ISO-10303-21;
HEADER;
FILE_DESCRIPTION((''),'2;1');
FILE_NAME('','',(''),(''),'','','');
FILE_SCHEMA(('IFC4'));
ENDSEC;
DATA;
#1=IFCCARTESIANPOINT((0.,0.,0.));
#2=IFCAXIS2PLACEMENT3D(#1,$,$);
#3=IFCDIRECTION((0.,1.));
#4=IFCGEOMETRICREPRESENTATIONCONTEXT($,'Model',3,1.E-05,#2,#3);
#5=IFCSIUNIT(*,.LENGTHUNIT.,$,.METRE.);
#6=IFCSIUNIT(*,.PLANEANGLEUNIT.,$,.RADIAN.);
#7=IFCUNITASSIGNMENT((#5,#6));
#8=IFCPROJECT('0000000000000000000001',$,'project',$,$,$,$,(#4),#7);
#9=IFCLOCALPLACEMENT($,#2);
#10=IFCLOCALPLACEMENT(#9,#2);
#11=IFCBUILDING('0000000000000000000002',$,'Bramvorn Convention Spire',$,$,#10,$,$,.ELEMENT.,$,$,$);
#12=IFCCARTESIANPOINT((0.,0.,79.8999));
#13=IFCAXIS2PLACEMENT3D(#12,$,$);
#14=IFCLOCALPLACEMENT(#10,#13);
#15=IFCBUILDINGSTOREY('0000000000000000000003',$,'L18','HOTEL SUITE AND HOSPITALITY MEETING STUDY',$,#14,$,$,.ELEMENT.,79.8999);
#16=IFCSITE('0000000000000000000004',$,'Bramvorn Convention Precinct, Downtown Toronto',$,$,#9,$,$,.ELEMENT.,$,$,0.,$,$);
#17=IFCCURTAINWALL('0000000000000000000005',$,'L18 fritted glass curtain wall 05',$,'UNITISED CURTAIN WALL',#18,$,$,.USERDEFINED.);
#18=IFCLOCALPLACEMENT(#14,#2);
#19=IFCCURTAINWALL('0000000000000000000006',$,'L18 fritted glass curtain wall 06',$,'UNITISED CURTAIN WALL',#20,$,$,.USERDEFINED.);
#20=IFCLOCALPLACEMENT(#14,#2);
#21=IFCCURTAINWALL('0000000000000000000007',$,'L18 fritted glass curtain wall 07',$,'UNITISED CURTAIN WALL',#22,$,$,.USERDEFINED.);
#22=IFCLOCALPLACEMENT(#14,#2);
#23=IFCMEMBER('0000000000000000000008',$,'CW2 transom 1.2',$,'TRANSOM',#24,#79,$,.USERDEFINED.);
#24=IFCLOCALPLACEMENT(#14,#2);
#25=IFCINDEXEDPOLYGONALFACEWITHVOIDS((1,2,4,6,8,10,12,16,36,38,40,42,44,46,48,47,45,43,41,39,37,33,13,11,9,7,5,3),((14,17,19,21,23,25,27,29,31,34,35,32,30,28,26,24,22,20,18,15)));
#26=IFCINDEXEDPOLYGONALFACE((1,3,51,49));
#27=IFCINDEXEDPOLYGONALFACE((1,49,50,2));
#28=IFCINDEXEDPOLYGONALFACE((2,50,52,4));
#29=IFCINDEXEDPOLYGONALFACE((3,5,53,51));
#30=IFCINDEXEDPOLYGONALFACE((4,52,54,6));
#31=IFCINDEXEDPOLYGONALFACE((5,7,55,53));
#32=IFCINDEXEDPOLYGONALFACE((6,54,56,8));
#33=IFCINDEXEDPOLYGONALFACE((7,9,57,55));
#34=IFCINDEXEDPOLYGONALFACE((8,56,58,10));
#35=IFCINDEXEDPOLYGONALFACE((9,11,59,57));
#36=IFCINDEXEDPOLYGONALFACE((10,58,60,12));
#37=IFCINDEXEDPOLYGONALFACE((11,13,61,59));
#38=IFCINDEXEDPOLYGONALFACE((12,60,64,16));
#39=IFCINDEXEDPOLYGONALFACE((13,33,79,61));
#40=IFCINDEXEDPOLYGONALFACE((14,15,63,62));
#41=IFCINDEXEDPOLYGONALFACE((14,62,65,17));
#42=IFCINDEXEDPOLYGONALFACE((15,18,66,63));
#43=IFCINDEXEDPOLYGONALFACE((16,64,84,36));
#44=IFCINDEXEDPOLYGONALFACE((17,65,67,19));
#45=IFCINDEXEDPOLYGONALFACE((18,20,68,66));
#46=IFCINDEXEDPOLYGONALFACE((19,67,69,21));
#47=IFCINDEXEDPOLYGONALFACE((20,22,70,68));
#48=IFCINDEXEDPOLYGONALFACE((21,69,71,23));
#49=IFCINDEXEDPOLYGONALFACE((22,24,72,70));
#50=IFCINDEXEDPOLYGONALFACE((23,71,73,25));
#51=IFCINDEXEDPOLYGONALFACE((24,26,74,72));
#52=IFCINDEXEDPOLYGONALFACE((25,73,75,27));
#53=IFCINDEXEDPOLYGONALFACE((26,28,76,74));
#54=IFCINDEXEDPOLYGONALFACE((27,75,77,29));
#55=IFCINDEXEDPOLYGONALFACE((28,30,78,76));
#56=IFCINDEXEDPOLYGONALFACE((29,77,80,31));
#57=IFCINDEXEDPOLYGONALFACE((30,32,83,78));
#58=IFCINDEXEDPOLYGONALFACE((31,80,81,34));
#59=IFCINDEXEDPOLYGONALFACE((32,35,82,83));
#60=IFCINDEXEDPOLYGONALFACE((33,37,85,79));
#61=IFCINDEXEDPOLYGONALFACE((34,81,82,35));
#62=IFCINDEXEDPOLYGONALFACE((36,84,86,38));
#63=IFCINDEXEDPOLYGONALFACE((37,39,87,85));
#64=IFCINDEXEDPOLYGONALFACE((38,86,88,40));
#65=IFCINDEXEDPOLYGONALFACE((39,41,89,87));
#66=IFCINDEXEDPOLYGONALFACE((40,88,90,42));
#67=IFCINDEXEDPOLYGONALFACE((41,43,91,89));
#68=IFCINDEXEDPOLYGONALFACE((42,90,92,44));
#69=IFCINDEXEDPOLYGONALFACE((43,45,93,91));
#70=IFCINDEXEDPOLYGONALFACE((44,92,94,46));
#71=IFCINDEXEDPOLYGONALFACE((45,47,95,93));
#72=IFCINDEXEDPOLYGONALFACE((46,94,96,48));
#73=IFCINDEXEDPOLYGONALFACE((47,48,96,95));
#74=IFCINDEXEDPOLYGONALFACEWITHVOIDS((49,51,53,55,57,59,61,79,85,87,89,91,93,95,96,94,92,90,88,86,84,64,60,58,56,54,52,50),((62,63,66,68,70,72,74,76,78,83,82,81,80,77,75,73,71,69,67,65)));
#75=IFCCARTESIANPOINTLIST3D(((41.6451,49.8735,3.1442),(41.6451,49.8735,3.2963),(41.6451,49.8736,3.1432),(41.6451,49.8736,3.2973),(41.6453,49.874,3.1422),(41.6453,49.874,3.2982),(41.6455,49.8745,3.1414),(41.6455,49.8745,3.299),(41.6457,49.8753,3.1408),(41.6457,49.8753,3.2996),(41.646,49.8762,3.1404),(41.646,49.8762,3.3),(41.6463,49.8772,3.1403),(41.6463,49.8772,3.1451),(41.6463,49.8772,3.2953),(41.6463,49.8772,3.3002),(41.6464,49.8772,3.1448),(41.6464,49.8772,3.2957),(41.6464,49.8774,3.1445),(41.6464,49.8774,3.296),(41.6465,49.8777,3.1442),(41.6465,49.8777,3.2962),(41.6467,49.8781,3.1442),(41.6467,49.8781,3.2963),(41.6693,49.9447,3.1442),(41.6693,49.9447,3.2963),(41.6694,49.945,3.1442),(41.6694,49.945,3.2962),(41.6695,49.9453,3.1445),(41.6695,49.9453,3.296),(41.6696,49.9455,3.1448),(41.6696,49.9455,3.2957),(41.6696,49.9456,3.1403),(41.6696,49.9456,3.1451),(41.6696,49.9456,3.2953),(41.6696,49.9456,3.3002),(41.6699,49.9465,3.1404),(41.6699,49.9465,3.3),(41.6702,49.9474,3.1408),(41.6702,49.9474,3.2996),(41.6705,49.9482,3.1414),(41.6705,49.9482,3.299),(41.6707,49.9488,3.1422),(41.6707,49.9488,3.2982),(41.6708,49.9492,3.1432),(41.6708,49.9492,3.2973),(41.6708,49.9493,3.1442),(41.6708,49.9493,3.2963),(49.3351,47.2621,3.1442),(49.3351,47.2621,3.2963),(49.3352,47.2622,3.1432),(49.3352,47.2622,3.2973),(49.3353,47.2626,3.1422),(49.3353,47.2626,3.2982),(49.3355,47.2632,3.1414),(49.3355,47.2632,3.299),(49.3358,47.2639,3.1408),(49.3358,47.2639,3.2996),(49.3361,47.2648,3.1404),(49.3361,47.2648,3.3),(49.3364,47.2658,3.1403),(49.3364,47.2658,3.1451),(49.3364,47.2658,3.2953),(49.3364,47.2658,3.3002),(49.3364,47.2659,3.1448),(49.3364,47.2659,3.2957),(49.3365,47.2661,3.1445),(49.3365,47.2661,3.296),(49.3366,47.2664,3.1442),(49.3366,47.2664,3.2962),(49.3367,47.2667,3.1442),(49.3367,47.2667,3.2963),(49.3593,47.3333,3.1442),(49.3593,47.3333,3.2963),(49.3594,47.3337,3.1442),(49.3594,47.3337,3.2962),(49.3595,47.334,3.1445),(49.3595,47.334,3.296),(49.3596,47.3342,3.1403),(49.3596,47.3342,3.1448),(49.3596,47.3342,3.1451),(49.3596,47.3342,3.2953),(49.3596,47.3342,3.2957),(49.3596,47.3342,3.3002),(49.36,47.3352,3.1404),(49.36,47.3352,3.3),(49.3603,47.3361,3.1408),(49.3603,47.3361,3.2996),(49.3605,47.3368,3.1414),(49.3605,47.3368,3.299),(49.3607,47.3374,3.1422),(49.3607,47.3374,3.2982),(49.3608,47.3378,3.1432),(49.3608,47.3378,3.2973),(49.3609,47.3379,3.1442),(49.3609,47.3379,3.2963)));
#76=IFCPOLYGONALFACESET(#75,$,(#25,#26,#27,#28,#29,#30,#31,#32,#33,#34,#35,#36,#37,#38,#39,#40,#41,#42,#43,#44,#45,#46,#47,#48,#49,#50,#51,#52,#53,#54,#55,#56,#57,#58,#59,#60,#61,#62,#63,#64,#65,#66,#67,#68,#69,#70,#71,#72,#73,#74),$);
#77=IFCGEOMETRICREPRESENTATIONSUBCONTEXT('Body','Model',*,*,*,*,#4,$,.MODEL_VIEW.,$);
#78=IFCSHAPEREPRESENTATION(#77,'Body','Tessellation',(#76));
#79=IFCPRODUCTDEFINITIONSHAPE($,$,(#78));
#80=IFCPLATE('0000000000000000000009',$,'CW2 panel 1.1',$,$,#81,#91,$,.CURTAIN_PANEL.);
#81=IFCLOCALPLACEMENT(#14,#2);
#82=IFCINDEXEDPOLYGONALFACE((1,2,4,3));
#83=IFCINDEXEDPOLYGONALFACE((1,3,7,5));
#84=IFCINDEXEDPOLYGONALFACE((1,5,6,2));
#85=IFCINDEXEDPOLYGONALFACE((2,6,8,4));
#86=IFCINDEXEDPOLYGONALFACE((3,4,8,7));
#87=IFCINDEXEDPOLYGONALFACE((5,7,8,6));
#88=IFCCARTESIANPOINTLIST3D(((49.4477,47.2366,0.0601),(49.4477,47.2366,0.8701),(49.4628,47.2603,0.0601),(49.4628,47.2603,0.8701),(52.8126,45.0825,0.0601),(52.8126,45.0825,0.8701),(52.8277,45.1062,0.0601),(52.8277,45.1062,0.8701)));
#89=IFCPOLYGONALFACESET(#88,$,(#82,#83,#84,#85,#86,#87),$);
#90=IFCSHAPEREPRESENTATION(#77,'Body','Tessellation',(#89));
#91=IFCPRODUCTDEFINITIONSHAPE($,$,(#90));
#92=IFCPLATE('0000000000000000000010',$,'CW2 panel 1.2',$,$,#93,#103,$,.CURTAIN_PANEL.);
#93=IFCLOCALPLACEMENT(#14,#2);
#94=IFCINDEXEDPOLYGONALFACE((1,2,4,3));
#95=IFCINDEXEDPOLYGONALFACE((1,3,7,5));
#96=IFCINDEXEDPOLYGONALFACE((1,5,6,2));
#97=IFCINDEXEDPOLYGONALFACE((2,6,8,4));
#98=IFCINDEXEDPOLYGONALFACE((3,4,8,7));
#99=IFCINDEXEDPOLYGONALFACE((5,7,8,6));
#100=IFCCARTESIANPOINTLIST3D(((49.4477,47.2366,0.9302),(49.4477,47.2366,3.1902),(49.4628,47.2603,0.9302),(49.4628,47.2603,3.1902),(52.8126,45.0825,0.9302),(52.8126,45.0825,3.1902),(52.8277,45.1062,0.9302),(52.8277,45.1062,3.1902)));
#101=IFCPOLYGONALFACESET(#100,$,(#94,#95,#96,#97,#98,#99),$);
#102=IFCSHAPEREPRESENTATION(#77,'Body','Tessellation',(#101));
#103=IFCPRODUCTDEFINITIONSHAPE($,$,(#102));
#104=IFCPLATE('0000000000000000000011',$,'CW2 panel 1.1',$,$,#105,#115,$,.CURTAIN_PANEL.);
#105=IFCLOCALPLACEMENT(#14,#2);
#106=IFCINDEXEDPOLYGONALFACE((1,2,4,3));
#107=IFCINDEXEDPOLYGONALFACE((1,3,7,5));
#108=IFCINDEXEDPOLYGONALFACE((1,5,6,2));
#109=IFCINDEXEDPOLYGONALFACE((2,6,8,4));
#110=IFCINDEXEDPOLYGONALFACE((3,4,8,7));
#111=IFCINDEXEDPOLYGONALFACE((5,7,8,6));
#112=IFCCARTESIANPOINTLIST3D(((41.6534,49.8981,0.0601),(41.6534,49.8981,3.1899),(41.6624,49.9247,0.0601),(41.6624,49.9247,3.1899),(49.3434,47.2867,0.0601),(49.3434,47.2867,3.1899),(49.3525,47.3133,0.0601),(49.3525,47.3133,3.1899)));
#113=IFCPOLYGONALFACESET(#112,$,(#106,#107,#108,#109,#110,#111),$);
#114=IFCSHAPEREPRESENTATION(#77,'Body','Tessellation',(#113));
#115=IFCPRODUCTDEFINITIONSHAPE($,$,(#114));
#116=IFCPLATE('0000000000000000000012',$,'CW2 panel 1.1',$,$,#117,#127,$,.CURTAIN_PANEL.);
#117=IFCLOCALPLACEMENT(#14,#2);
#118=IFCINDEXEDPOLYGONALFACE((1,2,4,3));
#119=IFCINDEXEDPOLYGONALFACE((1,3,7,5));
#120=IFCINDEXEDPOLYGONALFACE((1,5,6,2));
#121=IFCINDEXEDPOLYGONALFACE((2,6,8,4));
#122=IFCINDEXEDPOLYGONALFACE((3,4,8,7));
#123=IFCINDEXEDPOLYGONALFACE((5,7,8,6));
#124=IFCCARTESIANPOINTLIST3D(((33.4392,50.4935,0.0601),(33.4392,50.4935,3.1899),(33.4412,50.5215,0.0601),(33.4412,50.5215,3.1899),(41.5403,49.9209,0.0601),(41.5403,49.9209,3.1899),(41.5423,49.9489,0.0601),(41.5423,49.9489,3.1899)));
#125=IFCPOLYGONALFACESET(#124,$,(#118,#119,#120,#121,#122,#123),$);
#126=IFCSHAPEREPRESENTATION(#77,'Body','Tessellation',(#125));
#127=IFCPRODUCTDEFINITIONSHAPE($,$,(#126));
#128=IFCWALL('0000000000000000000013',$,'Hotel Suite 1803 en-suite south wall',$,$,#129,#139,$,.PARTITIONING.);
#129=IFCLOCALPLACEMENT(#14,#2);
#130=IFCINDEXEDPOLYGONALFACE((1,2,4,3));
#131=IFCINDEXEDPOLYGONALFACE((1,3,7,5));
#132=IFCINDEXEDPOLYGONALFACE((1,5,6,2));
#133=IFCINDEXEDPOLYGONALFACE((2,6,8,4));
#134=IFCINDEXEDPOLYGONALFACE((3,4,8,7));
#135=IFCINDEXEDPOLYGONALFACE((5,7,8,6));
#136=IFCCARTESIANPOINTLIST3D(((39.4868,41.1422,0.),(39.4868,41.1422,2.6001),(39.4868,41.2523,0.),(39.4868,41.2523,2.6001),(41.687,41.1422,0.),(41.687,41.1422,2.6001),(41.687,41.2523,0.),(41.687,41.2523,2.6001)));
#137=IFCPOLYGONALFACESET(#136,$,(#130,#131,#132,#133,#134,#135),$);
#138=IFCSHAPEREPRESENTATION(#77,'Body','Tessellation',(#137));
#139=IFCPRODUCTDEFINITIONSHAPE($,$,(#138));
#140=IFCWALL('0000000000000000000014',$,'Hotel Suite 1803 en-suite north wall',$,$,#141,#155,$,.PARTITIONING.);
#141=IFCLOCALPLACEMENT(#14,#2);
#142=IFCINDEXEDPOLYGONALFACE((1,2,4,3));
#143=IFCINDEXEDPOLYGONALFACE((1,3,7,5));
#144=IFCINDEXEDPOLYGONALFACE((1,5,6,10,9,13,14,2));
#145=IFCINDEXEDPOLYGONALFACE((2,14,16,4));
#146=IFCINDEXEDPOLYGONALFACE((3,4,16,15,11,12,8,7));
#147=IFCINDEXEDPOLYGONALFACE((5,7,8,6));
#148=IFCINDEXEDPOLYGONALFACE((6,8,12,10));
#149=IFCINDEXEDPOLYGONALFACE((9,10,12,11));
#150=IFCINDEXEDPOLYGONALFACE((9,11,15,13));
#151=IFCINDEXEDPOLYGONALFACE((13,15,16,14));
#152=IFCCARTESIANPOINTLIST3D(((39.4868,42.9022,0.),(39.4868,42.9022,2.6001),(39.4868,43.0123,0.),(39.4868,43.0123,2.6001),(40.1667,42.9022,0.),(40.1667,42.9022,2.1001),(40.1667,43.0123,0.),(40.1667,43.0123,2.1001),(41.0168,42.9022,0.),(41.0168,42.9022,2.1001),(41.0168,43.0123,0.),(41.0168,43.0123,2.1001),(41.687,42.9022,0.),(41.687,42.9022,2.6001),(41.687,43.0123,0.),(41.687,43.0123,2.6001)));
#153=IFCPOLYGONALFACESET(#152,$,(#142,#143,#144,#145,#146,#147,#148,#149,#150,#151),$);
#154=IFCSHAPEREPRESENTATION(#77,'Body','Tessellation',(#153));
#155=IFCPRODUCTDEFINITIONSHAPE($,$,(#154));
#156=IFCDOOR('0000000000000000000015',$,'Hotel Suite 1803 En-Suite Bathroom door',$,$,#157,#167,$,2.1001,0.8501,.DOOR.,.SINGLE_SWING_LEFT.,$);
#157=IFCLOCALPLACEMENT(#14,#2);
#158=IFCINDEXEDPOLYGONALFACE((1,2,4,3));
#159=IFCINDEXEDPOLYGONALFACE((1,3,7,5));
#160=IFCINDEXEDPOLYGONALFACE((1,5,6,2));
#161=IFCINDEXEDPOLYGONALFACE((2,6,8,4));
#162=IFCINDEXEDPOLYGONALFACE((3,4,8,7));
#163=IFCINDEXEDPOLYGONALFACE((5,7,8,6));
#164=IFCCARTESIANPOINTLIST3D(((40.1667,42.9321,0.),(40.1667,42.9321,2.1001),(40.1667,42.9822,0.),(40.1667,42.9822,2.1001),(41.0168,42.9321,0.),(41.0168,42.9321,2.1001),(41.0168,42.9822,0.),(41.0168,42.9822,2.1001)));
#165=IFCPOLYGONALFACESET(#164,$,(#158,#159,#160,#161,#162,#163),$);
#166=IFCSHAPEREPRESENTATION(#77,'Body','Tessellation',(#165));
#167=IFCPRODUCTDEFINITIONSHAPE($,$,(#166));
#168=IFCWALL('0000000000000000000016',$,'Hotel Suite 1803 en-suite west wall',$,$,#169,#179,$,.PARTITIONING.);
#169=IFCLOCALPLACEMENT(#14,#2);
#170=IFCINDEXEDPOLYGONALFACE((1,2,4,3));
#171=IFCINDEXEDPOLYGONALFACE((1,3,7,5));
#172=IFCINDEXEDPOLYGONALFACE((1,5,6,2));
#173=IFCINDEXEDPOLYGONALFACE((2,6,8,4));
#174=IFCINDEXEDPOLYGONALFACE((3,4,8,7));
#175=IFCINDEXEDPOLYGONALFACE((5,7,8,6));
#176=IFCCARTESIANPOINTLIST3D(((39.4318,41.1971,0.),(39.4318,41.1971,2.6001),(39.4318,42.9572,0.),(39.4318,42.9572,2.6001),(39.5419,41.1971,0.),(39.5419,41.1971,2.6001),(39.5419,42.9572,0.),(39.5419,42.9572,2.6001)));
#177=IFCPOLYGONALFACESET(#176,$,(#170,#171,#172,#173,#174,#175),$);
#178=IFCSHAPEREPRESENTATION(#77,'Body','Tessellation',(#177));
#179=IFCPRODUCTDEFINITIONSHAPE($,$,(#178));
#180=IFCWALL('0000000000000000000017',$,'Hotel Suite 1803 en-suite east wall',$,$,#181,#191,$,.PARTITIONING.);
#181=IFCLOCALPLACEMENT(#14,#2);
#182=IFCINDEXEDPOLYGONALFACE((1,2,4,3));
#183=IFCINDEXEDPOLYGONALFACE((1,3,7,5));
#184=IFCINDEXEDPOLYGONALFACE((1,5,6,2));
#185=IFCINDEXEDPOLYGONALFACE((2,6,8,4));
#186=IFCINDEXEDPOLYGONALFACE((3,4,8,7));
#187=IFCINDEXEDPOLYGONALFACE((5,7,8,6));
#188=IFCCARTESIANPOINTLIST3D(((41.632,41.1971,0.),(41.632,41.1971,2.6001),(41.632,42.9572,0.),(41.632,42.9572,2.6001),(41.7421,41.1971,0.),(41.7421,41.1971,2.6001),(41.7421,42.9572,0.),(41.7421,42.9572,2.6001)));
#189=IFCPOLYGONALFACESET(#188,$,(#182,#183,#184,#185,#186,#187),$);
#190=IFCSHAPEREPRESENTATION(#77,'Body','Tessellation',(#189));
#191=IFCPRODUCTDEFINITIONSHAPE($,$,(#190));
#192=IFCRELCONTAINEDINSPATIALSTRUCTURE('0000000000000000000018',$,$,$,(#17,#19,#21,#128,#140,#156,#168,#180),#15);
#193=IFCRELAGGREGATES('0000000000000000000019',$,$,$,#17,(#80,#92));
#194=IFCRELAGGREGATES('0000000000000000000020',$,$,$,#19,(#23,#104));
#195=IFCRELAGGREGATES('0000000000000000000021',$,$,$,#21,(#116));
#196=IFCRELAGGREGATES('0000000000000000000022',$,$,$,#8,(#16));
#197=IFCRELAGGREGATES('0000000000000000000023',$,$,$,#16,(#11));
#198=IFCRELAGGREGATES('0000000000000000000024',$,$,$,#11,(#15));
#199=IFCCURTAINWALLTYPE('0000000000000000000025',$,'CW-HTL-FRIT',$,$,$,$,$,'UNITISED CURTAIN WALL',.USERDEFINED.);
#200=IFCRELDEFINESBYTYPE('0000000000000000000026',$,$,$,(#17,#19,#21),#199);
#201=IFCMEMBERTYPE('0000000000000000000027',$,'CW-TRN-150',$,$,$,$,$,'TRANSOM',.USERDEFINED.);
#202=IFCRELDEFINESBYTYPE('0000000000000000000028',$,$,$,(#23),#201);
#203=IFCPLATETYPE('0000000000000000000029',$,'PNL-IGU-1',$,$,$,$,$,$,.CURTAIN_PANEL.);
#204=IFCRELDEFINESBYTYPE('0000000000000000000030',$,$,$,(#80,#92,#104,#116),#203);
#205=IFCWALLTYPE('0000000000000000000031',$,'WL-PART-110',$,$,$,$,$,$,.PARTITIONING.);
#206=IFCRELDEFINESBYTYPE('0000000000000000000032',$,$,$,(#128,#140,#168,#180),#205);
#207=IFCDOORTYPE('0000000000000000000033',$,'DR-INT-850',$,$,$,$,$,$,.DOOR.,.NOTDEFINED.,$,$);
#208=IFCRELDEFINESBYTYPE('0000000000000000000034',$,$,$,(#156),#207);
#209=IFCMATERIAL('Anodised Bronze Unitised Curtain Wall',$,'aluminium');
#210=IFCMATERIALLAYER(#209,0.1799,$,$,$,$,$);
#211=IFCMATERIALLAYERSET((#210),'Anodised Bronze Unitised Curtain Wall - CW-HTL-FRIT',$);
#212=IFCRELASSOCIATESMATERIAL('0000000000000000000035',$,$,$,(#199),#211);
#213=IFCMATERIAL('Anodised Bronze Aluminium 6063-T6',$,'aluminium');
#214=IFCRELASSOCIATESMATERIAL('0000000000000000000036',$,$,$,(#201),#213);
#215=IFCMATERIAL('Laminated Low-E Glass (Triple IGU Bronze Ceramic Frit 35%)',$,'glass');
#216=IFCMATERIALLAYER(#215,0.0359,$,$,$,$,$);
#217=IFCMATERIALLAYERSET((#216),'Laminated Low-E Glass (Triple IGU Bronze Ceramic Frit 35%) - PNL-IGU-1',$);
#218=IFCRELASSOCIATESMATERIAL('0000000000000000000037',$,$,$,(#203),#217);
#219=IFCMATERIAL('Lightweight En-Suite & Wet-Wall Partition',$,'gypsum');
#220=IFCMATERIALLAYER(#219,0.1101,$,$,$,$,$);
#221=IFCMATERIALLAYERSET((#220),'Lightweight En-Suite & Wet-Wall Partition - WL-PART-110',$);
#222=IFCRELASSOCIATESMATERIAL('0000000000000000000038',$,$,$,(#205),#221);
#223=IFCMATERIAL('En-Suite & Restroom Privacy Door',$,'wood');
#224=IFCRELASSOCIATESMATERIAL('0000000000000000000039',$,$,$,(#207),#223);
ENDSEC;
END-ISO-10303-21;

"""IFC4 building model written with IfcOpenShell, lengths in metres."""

from ifc_helpers import new_model, si_unit, direction, frame, frame_2d, origin, origin_2d, place, context, subcontext, project, spatial, rectangle, hollow_rectangle, extrude, material, layer, layer_set, material_profile, profile_set, type_object, element, fill, aggregate, save


model = new_model("IFC4")

# Units and contexts
model_context = context("Model", 3, precision=1e-05, world=origin(), true_north=direction((0.0, 1.0)))
body_context = subcontext(model_context, "Body", "Model", "MODEL_VIEW")
ifc_project = project(units=[si_unit("LENGTHUNIT", "METRE"), si_unit("PLANEANGLEUNIT", "RADIAN")], contexts=[model_context])

# Site, building, storey
site_placement = place(None, origin())
site = spatial("IfcSite", under=ifc_project, at=site_placement, Name="Bramvorn Convention Precinct, Downtown Toronto", CompositionType="ELEMENT", RefElevation=0.0)
building_placement = place(site_placement, origin())
building = spatial("IfcBuilding", under=site, at=building_placement, Name="Bramvorn Convention Spire", CompositionType="ELEMENT")
storey_placement = place(building_placement, frame((0.0, 0.0, 79.8999)))
storey = spatial("IfcBuildingStorey", under=building, at=storey_placement, Name="L18", Description="HOTEL SUITE AND HOSPITALITY MEETING STUDY", CompositionType="ELEMENT", Elevation=79.8999)

# Curtain wall
ifc_material_1 = material(Name="Anodised Bronze Unitised Curtain Wall", Category="aluminium")
ifc_layer_1 = layer(ifc_material_1, 0.1799)
ifc_layer_set_1 = layer_set([ifc_layer_1], Name="Anodised Bronze Unitised Curtain Wall - CW-HTL-FRIT")
curtain_wall_type = type_object("IfcCurtainWallType", Name="CW-HTL-FRIT", ElementType="UNITISED CURTAIN WALL", PredefinedType="USERDEFINED", material=ifc_layer_set_1)
curtain_wall_1_placement = place(storey_placement, origin())
curtain_wall_1 = element("IfcCurtainWall", 1, at=curtain_wall_1_placement, inside=storey, type_object=curtain_wall_type, Name="L18 fritted glass curtain wall 05", ObjectType="UNITISED CURTAIN WALL", PredefinedType="USERDEFINED")
ifc_material_2 = material(Name="Anodised Bronze Aluminium 6063-T6", Category="aluminium")

# Curtain wall
curtain_wall_2_placement = place(storey_placement, origin())
curtain_wall_2 = element("IfcCurtainWall", 2, at=curtain_wall_2_placement, inside=storey, type_object=curtain_wall_type, Name="L18 fritted glass curtain wall 06", ObjectType="UNITISED CURTAIN WALL", PredefinedType="USERDEFINED")

# Curtain wall
curtain_wall_3_placement = place(storey_placement, origin())
curtain_wall_3 = element("IfcCurtainWall", 3, at=curtain_wall_3_placement, inside=storey, type_object=curtain_wall_type, Name="L18 fritted glass curtain wall 07", ObjectType="UNITISED CURTAIN WALL", PredefinedType="USERDEFINED")

# Member
ifc_material_profile_1 = material_profile(ifc_material_2, hollow_rectangle(XDim=0.0801, YDim=0.1599, WallThickness=0.0039, InnerFilletRadius=0.001, OuterFilletRadius=0.0039, at=origin_2d()))
ifc_profile_set_1 = profile_set([ifc_material_profile_1], Name="Anodised Bronze Aluminium 6063-T6 - CWT80X160")
member_type_1 = type_object("IfcMemberType", Name="CW-TRN-150", ElementType="TRANSOM", PredefinedType="USERDEFINED", material=ifc_profile_set_1)
member_1_placement = place(storey_placement, frame((41.658, 49.9114, 3.2202), z_axis=(0.946895, -0.321544, 0.0), x_axis=(0.321544, 0.946895, 0.0)))
member_1 = element("IfcMember", 4, at=member_1_placement, type_object=member_type_1, Name="CW2 transom 1.2", ObjectType="TRANSOM", PredefinedType="USERDEFINED", context=body_context, shape_type="SweptSolid", body=[
    extrude(hollow_rectangle(XDim=0.0801, YDim=0.1599, WallThickness=0.0039, InnerFilletRadius=0.001, OuterFilletRadius=0.0039, at=origin_2d()), origin(), (0.0, 0.0, 1.0), 8.1213),
])

# Plates
ifc_material_3 = material(Name="Laminated Low-E Glass (Triple IGU Bronze Ceramic Frit 35%)", Category="glass")
ifc_layer_2 = layer(ifc_material_3, 0.0359)
ifc_layer_set_2 = layer_set([ifc_layer_2], Name="Laminated Low-E Glass (Triple IGU Bronze Ceramic Frit 35%) - PNL-IGU-1")
plate_type = type_object("IfcPlateType", Name="PNL-IGU-1", PredefinedType="CURTAIN_PANEL", material=ifc_layer_set_2)
plate_1_placement = place(storey_placement, frame((51.1377, 46.1714, 0.0601), z_axis=(0.0, 0.0, 1.0), x_axis=(0.842208, -0.539153, 0.0)))
plate_1 = element("IfcPlate", 5, at=plate_1_placement, type_object=plate_type, Name="CW2 panel 1.1", PredefinedType="CURTAIN_PANEL", context=body_context, shape_type="SweptSolid", body=[
    extrude(rectangle(XDim=3.9954, YDim=0.0281, at=origin_2d()), origin(), (0.0, 0.0, 1.0), 0.8101),
])
plate_2_placement = place(storey_placement, frame((51.1377, 46.1714, 0.9302), z_axis=(0.0, 0.0, 1.0), x_axis=(0.842208, -0.539153, 0.0)))
plate_2 = element("IfcPlate", 6, at=plate_2_placement, type_object=plate_type, Name="CW2 panel 1.2", PredefinedType="CURTAIN_PANEL", context=body_context, shape_type="SweptSolid", body=[
    extrude(rectangle(XDim=3.9954, YDim=0.0281, at=origin_2d()), origin(), (0.0, 0.0, 1.0), 2.26),
])
aggregate(curtain_wall_1, [plate_1, plate_2])
plate_3_placement = place(storey_placement, frame((45.5029, 48.6057, 0.0601), z_axis=(0.0, 0.0, 1.0), x_axis=(0.946893, -0.321548, 0.0)))
plate_3 = element("IfcPlate", 7, at=plate_3_placement, type_object=plate_type, Name="CW2 panel 1.1", PredefinedType="CURTAIN_PANEL", context=body_context, shape_type="SweptSolid", body=[
    extrude(rectangle(XDim=8.1213, YDim=0.0281, at=origin_2d()), origin(), (0.0, 0.0, 1.0), 3.1299),
])
aggregate(curtain_wall_2, [member_1, plate_3])
plate_4_placement = place(storey_placement, frame((37.4907, 50.2212, 0.0601), z_axis=(0.0, 0.0, 1.0), x_axis=(0.997511, -0.070511, 0.0)))
plate_4 = element("IfcPlate", 8, at=plate_4_placement, type_object=plate_type, Name="CW2 panel 1.1", PredefinedType="CURTAIN_PANEL", context=body_context, shape_type="SweptSolid", body=[
    extrude(rectangle(XDim=8.1213, YDim=0.0281, at=origin_2d()), origin(), (0.0, 0.0, 1.0), 3.1299),
])
aggregate(curtain_wall_3, [plate_4])

# Wall
ifc_material_4 = material(Name="Lightweight En-Suite & Wet-Wall Partition", Category="gypsum")
ifc_layer_3 = layer(ifc_material_4, 0.1101)
ifc_layer_set_3 = layer_set([ifc_layer_3], Name="Lightweight En-Suite & Wet-Wall Partition - WL-PART-110")
wall_type_1 = type_object("IfcWallType", Name="WL-PART-110", PredefinedType="PARTITIONING", material=ifc_layer_set_3)
wall_1_placement = place(storey_placement, frame((39.4868, 41.1973, 0.0), z_axis=(0.0, 0.0, 1.0), x_axis=(1.0, 0.0, 0.0)))
element("IfcWall", 9, at=wall_1_placement, inside=storey, type_object=wall_type_1, Name="Hotel Suite 1803 en-suite south wall", PredefinedType="PARTITIONING", context=body_context, shape_type="SweptSolid", body=[
    extrude(rectangle(XDim=2.2002, YDim=0.1101, at=frame_2d((1.1001, 0.0))), origin(), (0.0, 0.0, 1.0), 2.6001),
])

# Wall, opening, door
wall_2_placement = place(storey_placement, frame((39.4868, 42.9573, 0.0), z_axis=(0.0, 0.0, 1.0), x_axis=(1.0, 0.0, 0.0)))
wall_2 = element("IfcWall", 10, at=wall_2_placement, inside=storey, type_object=wall_type_1, Name="Hotel Suite 1803 en-suite north wall", PredefinedType="PARTITIONING", context=body_context, shape_type="SweptSolid", body=[
    extrude(rectangle(XDim=2.2002, YDim=0.1101, at=frame_2d((1.1001, 0.0))), origin(), (0.0, 0.0, 1.0), 2.6001),
])
opening_placement = place(wall_2_placement, frame((0.6799, 0.0, 0.0)))
opening = element("IfcOpeningElement", 11, at=opening_placement, cuts=wall_2, PredefinedType="OPENING", context=body_context, shape_type="SweptSolid", body=[
    extrude(rectangle(XDim=0.8501, YDim=2.1001, at=frame_2d((0.425, 1.05))), frame((0.0, 0.0649, 0.0), z_axis=(0.0, -1.0, 0.0), x_axis=(1.0, 0.0, 0.0)), (0.0, 0.0, 1.0), 0.1301),
])
ifc_material_5 = material(Name="En-Suite & Restroom Privacy Door", Category="wood")
door_type = type_object("IfcDoorType", Name="DR-INT-850", OperationType="NOTDEFINED", PredefinedType="DOOR", material=ifc_material_5)
door_placement = place(opening_placement, origin())
door = element("IfcDoor", 12, at=door_placement, inside=storey, type_object=door_type, Name="Hotel Suite 1803 En-Suite Bathroom door", OperationType="SINGLE_SWING_LEFT", OverallHeight=2.1001, OverallWidth=0.8501, PredefinedType="DOOR", context=body_context, shape_type="SweptSolid", body=[
    extrude(rectangle(XDim=0.8501, YDim=2.1001, at=frame_2d((0.425, 1.05))), frame((0.0, 0.0249, 0.0), z_axis=(0.0, -1.0, 0.0), x_axis=(1.0, 0.0, 0.0)), (0.0, 0.0, 1.0), 0.05),
])
fill(opening, door)

# Walls
for number, where, z_axis, x_axis, name in (
    (13, (39.4868, 41.1973, 0.0), (0.0, 0.0, 1.0), (0.0, 1.0, 0.0), "Hotel Suite 1803 en-suite west wall"),
    (14, (41.687, 41.1973, 0.0), (0.0, 0.0, 1.0), (0.0, 1.0, 0.0), "Hotel Suite 1803 en-suite east wall"),
):
    element("IfcWall", number, at=place(storey_placement, frame(where, z_axis=z_axis, x_axis=x_axis)), inside=storey, type_object=wall_type_1, Name=name, PredefinedType="PARTITIONING", context=body_context, shape_type="SweptSolid", body=[
        extrude(rectangle(XDim=1.76, YDim=0.1101, at=frame_2d((0.8799, 0.0))), origin(), (0.0, 0.0, 1.0), 2.6001),
    ])

save(model, "model.ifc")
